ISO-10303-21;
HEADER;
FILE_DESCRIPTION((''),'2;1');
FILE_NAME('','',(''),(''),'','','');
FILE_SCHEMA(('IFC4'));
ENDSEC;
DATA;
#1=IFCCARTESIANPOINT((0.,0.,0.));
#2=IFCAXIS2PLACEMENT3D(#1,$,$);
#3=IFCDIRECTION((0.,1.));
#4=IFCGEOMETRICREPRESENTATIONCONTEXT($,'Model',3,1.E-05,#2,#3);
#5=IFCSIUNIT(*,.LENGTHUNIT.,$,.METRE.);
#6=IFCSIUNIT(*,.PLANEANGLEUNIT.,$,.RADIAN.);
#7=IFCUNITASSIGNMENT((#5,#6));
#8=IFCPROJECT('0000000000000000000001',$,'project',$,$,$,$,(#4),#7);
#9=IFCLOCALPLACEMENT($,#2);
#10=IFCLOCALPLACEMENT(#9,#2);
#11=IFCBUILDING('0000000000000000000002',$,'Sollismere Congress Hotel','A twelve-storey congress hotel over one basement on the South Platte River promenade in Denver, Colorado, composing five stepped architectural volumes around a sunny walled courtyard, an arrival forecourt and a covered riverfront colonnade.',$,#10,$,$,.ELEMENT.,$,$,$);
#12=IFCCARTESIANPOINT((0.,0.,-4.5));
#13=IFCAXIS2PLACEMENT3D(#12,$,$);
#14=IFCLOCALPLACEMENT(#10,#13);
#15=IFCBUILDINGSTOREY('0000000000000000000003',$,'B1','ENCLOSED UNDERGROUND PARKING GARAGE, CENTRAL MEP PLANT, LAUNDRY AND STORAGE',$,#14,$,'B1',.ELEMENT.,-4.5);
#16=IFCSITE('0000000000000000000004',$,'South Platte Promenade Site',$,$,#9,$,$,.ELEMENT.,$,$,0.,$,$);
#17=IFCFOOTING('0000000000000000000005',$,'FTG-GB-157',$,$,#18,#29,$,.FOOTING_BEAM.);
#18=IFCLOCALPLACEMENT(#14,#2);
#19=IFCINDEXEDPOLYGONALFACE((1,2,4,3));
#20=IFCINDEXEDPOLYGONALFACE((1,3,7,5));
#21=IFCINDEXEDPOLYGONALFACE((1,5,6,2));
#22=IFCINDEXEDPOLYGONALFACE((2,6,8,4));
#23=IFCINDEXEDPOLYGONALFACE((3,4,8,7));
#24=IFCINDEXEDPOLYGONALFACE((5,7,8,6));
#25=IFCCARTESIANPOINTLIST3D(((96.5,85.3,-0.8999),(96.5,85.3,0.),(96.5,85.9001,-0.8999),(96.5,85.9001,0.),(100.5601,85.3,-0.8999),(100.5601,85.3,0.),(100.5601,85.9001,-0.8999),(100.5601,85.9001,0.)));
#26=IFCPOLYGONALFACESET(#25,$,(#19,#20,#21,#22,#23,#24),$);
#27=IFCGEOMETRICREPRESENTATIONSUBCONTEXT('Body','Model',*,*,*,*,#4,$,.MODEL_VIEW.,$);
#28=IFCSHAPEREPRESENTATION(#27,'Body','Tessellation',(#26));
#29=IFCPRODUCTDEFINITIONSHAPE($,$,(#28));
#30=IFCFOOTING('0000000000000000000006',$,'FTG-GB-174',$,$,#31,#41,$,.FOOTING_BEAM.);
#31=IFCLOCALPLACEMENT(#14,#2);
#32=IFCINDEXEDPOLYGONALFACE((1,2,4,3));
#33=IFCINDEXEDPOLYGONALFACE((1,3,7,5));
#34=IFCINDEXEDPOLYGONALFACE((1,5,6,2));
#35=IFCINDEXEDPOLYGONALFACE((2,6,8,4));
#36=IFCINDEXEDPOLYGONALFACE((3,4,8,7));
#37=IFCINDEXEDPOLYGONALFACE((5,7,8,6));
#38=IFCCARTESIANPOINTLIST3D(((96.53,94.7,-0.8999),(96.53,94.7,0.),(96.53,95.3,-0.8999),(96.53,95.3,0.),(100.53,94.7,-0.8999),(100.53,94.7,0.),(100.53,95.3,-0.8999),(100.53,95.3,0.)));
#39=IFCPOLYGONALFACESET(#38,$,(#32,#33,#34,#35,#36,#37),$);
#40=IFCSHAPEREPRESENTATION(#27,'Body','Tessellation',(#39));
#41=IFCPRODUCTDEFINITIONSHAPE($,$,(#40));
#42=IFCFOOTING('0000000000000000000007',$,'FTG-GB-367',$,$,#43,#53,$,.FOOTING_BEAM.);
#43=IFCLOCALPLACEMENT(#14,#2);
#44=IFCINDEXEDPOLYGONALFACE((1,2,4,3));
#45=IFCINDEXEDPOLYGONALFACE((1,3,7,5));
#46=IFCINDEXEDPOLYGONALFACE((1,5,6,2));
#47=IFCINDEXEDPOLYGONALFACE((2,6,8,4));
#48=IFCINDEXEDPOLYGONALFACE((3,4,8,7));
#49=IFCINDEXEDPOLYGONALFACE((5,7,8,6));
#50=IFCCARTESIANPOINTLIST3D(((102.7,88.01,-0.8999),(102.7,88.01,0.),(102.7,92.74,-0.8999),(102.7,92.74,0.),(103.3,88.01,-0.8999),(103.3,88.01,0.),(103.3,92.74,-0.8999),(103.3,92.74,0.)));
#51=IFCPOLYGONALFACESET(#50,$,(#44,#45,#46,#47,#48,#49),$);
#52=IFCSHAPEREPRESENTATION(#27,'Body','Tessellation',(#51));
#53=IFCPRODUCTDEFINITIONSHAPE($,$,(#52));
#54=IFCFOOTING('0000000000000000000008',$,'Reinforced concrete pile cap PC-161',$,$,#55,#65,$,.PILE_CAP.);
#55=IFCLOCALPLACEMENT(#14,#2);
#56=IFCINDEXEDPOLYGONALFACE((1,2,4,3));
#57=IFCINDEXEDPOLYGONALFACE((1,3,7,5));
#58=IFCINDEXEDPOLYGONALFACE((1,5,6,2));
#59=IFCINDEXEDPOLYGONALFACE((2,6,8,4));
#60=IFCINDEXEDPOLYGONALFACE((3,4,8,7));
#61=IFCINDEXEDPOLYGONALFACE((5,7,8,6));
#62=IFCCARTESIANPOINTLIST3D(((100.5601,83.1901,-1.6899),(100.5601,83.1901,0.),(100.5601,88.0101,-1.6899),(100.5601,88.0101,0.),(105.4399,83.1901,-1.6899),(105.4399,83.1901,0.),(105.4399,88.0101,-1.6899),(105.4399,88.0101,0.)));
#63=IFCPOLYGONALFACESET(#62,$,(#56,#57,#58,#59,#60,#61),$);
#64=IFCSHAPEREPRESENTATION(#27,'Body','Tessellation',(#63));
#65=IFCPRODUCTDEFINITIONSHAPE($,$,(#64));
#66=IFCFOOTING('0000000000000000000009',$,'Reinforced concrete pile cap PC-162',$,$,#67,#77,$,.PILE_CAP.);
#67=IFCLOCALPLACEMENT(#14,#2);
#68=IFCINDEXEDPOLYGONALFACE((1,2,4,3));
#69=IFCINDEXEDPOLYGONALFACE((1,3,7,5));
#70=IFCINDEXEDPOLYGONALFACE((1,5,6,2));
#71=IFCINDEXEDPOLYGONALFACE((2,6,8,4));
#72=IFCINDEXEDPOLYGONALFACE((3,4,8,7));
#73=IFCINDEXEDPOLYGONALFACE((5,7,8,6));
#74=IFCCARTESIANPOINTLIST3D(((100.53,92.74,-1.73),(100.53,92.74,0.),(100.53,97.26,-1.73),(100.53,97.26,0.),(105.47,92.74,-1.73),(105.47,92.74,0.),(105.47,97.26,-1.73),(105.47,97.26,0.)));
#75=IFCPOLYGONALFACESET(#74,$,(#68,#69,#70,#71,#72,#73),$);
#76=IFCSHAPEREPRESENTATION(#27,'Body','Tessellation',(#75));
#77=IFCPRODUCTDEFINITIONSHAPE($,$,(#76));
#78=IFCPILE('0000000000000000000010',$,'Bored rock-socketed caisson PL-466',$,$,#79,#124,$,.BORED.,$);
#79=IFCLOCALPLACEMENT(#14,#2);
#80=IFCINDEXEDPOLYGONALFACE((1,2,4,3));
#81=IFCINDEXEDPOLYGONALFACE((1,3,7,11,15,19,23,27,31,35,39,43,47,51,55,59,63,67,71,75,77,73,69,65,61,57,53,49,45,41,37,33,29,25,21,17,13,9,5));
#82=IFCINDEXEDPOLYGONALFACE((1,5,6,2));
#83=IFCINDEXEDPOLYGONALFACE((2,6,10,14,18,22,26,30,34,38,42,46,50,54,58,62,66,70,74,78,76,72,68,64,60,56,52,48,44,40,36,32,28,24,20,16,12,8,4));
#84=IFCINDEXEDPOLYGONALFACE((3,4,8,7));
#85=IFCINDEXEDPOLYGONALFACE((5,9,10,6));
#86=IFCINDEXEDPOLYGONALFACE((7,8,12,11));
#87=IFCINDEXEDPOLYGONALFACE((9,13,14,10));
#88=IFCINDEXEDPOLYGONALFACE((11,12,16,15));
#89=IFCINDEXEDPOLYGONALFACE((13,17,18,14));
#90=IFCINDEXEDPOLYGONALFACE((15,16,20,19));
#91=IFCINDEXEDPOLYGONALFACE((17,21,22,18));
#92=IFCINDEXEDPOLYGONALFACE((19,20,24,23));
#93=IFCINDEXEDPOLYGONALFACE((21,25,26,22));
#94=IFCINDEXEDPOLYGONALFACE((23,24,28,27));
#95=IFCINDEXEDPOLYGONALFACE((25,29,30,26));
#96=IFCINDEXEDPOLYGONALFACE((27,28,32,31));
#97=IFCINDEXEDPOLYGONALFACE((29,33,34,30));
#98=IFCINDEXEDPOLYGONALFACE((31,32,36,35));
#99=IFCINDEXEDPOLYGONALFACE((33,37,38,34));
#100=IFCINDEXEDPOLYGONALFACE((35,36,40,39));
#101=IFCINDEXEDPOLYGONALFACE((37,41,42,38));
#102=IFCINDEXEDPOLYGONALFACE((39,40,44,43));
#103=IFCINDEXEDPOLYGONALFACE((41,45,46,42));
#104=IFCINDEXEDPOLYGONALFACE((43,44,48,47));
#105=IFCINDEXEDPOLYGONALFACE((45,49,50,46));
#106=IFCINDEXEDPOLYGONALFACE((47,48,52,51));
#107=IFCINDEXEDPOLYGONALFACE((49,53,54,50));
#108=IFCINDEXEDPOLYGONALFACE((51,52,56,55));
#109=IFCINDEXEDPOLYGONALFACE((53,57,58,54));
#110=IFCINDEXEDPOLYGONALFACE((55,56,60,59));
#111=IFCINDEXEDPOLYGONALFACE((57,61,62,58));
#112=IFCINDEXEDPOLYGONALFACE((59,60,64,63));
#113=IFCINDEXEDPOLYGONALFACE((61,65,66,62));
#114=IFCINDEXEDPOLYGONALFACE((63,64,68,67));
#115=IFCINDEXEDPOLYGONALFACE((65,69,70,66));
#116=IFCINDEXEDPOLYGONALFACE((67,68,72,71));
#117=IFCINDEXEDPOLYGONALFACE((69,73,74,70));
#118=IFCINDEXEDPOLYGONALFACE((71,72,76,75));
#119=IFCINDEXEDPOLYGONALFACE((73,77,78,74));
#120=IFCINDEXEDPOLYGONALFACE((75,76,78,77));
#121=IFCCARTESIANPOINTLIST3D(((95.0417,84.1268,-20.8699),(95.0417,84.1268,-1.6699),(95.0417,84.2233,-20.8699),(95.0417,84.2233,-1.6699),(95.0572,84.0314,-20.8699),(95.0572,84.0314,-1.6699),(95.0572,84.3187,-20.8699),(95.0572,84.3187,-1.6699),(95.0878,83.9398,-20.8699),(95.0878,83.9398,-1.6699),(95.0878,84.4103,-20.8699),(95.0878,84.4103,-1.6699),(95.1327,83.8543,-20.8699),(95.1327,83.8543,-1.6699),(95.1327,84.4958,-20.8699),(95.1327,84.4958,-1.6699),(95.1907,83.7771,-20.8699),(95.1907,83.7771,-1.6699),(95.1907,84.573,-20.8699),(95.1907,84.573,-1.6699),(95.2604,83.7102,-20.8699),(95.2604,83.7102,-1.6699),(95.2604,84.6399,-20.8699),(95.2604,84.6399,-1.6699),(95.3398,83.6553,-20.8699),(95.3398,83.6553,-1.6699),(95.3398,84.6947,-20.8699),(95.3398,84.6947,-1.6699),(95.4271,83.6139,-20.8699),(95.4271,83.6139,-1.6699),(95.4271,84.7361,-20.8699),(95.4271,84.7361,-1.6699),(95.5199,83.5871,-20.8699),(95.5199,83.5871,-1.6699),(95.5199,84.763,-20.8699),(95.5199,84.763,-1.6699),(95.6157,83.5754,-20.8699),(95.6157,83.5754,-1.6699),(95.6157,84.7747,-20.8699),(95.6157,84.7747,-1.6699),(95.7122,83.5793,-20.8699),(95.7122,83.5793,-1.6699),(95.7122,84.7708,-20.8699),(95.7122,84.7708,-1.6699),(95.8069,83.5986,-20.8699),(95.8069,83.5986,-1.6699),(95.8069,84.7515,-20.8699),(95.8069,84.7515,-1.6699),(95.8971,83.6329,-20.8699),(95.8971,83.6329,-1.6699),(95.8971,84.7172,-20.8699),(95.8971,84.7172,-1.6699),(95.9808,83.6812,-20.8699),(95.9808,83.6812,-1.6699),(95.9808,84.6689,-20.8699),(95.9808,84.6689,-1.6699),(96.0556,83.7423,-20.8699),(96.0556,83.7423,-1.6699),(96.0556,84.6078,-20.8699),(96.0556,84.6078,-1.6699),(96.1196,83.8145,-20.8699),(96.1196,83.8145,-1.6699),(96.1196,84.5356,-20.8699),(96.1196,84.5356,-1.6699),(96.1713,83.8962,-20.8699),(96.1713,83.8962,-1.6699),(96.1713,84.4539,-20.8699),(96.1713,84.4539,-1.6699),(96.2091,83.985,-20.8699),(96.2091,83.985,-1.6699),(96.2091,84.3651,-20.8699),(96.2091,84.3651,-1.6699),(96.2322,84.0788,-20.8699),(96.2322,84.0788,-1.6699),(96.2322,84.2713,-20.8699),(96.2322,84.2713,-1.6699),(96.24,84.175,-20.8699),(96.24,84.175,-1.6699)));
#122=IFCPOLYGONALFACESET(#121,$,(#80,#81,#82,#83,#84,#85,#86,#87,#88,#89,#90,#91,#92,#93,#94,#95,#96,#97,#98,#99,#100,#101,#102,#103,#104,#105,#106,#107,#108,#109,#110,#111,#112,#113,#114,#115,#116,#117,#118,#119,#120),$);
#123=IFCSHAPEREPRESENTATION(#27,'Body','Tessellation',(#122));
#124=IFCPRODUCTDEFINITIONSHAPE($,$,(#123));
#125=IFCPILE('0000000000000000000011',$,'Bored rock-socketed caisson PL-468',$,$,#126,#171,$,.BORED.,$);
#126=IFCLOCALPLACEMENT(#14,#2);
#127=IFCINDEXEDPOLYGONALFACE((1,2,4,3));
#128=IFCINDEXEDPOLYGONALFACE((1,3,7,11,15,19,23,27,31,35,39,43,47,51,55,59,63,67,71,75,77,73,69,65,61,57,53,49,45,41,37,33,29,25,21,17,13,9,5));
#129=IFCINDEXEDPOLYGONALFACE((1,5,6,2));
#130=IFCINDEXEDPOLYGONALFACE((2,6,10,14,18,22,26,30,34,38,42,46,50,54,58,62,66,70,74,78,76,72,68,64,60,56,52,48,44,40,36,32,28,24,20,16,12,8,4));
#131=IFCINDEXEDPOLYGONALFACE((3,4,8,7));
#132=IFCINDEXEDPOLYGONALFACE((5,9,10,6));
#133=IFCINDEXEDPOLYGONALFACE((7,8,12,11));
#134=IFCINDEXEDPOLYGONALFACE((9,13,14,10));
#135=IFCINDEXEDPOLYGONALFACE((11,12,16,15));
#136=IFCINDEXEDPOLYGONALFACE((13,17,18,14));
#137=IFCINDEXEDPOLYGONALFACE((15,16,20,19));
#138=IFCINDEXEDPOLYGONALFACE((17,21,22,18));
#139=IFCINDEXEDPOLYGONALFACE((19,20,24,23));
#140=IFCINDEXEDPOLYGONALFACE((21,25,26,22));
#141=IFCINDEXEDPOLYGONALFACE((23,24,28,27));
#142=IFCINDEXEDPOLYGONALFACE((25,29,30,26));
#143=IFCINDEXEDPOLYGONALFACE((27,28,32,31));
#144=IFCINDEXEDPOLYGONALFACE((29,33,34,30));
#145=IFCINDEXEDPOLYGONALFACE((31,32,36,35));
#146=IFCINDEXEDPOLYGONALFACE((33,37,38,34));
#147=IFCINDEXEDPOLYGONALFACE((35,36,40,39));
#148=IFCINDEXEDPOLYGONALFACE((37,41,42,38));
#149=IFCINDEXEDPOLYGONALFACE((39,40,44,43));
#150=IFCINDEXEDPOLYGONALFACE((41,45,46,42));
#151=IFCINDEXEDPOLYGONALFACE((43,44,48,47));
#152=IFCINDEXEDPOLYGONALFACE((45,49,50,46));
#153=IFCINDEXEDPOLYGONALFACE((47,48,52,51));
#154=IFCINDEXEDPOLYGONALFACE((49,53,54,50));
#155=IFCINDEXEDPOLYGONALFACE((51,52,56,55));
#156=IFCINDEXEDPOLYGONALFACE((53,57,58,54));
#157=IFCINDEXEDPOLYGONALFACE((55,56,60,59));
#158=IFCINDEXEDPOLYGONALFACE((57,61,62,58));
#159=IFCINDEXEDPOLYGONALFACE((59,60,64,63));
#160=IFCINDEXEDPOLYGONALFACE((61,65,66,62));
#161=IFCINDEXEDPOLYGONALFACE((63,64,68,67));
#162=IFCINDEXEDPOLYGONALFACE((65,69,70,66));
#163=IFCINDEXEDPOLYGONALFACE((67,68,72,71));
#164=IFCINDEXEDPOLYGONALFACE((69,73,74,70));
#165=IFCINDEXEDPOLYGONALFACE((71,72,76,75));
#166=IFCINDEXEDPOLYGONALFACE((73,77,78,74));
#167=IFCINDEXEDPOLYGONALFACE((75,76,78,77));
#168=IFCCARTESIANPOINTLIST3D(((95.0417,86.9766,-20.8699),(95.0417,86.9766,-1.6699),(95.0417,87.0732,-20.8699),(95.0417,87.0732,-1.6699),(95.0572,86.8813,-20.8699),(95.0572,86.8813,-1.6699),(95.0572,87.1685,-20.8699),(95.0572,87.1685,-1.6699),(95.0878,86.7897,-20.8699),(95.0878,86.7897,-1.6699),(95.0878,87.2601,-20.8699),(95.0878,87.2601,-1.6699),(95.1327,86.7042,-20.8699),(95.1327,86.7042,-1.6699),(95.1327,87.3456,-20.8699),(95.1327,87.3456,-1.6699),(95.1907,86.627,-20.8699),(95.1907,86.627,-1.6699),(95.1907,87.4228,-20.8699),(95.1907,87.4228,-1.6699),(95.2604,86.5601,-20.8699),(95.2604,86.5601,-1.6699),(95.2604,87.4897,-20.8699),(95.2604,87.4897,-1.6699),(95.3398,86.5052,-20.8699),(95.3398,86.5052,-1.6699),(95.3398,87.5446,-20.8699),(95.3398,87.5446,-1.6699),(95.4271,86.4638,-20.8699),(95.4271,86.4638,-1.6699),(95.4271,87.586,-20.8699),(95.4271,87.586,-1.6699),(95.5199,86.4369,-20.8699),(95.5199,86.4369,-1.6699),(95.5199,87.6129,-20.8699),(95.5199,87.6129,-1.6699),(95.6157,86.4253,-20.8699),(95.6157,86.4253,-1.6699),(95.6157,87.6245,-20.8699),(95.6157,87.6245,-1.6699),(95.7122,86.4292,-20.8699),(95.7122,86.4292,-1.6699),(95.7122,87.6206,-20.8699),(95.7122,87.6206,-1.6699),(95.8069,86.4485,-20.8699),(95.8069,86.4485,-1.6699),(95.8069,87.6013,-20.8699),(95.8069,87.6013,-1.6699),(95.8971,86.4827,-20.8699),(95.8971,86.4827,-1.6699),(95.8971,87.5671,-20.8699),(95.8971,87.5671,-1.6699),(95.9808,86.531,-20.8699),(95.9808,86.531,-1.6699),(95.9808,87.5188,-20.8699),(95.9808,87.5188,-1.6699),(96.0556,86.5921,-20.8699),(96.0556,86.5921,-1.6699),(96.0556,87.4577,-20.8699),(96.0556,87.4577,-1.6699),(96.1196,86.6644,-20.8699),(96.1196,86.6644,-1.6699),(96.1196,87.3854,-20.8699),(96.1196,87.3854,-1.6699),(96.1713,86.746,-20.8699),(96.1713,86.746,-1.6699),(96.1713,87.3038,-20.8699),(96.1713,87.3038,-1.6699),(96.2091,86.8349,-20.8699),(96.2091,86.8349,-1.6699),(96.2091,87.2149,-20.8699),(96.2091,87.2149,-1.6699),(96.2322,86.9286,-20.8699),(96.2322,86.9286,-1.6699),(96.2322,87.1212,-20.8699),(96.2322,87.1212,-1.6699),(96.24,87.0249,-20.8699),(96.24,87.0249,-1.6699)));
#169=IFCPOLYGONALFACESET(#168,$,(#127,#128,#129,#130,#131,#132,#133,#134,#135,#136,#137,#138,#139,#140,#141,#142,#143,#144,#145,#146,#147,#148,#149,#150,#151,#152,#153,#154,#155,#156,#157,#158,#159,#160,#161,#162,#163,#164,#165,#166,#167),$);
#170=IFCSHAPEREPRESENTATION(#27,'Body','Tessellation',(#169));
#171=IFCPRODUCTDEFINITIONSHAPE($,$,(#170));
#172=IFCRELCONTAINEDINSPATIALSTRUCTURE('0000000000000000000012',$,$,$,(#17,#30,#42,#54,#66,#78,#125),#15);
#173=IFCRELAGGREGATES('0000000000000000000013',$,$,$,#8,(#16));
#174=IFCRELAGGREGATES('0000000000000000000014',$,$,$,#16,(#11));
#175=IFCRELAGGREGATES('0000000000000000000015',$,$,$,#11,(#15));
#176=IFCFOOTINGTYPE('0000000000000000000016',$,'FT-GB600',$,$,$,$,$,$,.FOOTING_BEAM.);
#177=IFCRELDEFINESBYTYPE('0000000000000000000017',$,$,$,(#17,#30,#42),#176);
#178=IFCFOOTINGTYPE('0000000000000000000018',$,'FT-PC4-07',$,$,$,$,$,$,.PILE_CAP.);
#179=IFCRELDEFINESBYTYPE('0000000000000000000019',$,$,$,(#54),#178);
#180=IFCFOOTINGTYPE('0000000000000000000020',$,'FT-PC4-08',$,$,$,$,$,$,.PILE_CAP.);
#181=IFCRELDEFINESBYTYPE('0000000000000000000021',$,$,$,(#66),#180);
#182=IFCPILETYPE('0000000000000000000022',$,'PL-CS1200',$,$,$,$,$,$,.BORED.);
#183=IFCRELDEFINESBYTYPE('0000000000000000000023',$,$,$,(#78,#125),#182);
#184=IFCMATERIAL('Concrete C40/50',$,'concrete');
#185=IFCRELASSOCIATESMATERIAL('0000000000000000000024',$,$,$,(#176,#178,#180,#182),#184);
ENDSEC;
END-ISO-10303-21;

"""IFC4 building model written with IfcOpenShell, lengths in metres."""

from ifc_helpers import new_model, si_unit, direction, frame, origin, origin_2d, place, context, subcontext, project, spatial, rectangle, circle, extrude, material, material_profile, profile_set, type_object, element, save


model = new_model("IFC4")

# Units and contexts
model_context = context("Model", 3, precision=1e-05, world=origin(), true_north=direction((0.0, 1.0)))
body_context = subcontext(model_context, "Body", "Model", "MODEL_VIEW")
ifc_project = project(units=[si_unit("LENGTHUNIT", "METRE"), si_unit("PLANEANGLEUNIT", "RADIAN")], contexts=[model_context])

# Site, building, storey
site_placement = place(None, origin())
site = spatial("IfcSite", under=ifc_project, at=site_placement, Name="South Platte Promenade Site", CompositionType="ELEMENT", RefElevation=0.0)
building_placement = place(site_placement, origin())
building = spatial("IfcBuilding", under=site, at=building_placement, Name="Sollismere Congress Hotel", Description="A twelve-storey congress hotel over one basement on the South Platte River promenade in Denver, Colorado, composing five stepped architectural volumes around a sunny walled courtyard, an arrival forecourt and a covered riverfront colonnade.", CompositionType="ELEMENT")
storey_placement = place(building_placement, frame((0.0, 0.0, -4.5)))
storey = spatial("IfcBuildingStorey", under=building, at=storey_placement, Name="B1", Description="ENCLOSED UNDERGROUND PARKING GARAGE, CENTRAL MEP PLANT, LAUNDRY AND STORAGE", LongName="B1", CompositionType="ELEMENT", Elevation=-4.5)

# Footings
ifc_material_1 = material(Name="Concrete C40/50", Category="concrete")
footing_type_1 = type_object("IfcFootingType", Name="FT-GB600", PredefinedType="FOOTING_BEAM", material=ifc_material_1)
footing_1_placement = place(storey_placement, frame((98.53, 85.6001, -0.8999), z_axis=(0.0, 0.0, 1.0), x_axis=(1.0, 0.0, 0.0)))
element("IfcFooting", 1, at=footing_1_placement, inside=storey, type_object=footing_type_1, Name="FTG-GB-157", PredefinedType="FOOTING_BEAM", context=body_context, shape_type="SweptSolid", body=[
    extrude(rectangle(XDim=4.0601, YDim=0.6001, at=origin_2d()), origin(), (0.0, 0.0, 1.0), 0.8999),
])
footing_2_placement = place(storey_placement, frame((98.53, 95.0, -0.8999), z_axis=(0.0, 0.0, 1.0), x_axis=(1.0, 0.0, 0.0)))
element("IfcFooting", 2, at=footing_2_placement, inside=storey, type_object=footing_type_1, Name="FTG-GB-174", PredefinedType="FOOTING_BEAM", context=body_context, shape_type="SweptSolid", body=[
    extrude(rectangle(XDim=4.0, YDim=0.6001, at=origin_2d()), origin(), (0.0, 0.0, 1.0), 0.8999),
])
footing_3_placement = place(storey_placement, frame((103.0, 90.375, -0.8999), z_axis=(0.0, 0.0, 1.0), x_axis=(0.0, 1.0, 0.0)))
element("IfcFooting", 3, at=footing_3_placement, inside=storey, type_object=footing_type_1, Name="FTG-GB-367", PredefinedType="FOOTING_BEAM", context=body_context, shape_type="SweptSolid", body=[
    extrude(rectangle(XDim=4.73, YDim=0.6001, at=origin_2d()), origin(), (0.0, 0.0, 1.0), 0.8999),
])
footing_type_2 = type_object("IfcFootingType", Name="FT-PC4-07", PredefinedType="PILE_CAP", material=ifc_material_1)
footing_4_placement = place(storey_placement, frame((103.0, 85.6001, -1.6899), z_axis=(0.0, 0.0, 1.0), x_axis=(1.0, 0.0, 0.0)))
element("IfcFooting", 4, at=footing_4_placement, inside=storey, type_object=footing_type_2, Name="Reinforced concrete pile cap PC-161", PredefinedType="PILE_CAP", context=body_context, shape_type="SweptSolid", body=[
    extrude(rectangle(XDim=4.8799, YDim=4.8201, at=origin_2d()), origin(), (0.0, 0.0, 1.0), 1.6899),
])
footing_type_3 = type_object("IfcFootingType", Name="FT-PC4-08", PredefinedType="PILE_CAP", material=ifc_material_1)
footing_5_placement = place(storey_placement, frame((103.0, 95.0, -1.73), z_axis=(0.0, 0.0, 1.0), x_axis=(1.0, 0.0, 0.0)))
element("IfcFooting", 5, at=footing_5_placement, inside=storey, type_object=footing_type_3, Name="Reinforced concrete pile cap PC-162", PredefinedType="PILE_CAP", context=body_context, shape_type="SweptSolid", body=[
    extrude(rectangle(XDim=4.9399, YDim=4.52, at=origin_2d()), origin(), (0.0, 0.0, 1.0), 1.73),
])

# Piles
ifc_material_profile_1 = material_profile(ifc_material_1, circle(Radius=0.6001, at=origin_2d()), Name="CAISSON1200")
ifc_profile_set_1 = profile_set([ifc_material_profile_1], Name="Concrete C40/50")
pile_type = type_object("IfcPileType", Name="PL-CS1200", PredefinedType="BORED", material=ifc_profile_set_1)
for number, where, z_axis, x_axis, name in (
    (6, (95.6399, 84.175, -1.6699), (0.0, 0.0, -1.0), (1.0, 0.0, 0.0), "Bored rock-socketed caisson PL-466"),
    (7, (95.6399, 87.0249, -1.6699), (0.0, 0.0, -1.0), (1.0, 0.0, 0.0), "Bored rock-socketed caisson PL-468"),
):
    element("IfcPile", number, at=place(storey_placement, frame(where, z_axis=z_axis, x_axis=x_axis)), inside=storey, type_object=pile_type, Name=name, PredefinedType="BORED", context=body_context, shape_type="SweptSolid", body=[
        extrude(circle(Radius=0.6001, at=origin_2d()), origin(), (0.0, 0.0, 1.0), 19.2),
    ])

save(model, "model.ifc")
